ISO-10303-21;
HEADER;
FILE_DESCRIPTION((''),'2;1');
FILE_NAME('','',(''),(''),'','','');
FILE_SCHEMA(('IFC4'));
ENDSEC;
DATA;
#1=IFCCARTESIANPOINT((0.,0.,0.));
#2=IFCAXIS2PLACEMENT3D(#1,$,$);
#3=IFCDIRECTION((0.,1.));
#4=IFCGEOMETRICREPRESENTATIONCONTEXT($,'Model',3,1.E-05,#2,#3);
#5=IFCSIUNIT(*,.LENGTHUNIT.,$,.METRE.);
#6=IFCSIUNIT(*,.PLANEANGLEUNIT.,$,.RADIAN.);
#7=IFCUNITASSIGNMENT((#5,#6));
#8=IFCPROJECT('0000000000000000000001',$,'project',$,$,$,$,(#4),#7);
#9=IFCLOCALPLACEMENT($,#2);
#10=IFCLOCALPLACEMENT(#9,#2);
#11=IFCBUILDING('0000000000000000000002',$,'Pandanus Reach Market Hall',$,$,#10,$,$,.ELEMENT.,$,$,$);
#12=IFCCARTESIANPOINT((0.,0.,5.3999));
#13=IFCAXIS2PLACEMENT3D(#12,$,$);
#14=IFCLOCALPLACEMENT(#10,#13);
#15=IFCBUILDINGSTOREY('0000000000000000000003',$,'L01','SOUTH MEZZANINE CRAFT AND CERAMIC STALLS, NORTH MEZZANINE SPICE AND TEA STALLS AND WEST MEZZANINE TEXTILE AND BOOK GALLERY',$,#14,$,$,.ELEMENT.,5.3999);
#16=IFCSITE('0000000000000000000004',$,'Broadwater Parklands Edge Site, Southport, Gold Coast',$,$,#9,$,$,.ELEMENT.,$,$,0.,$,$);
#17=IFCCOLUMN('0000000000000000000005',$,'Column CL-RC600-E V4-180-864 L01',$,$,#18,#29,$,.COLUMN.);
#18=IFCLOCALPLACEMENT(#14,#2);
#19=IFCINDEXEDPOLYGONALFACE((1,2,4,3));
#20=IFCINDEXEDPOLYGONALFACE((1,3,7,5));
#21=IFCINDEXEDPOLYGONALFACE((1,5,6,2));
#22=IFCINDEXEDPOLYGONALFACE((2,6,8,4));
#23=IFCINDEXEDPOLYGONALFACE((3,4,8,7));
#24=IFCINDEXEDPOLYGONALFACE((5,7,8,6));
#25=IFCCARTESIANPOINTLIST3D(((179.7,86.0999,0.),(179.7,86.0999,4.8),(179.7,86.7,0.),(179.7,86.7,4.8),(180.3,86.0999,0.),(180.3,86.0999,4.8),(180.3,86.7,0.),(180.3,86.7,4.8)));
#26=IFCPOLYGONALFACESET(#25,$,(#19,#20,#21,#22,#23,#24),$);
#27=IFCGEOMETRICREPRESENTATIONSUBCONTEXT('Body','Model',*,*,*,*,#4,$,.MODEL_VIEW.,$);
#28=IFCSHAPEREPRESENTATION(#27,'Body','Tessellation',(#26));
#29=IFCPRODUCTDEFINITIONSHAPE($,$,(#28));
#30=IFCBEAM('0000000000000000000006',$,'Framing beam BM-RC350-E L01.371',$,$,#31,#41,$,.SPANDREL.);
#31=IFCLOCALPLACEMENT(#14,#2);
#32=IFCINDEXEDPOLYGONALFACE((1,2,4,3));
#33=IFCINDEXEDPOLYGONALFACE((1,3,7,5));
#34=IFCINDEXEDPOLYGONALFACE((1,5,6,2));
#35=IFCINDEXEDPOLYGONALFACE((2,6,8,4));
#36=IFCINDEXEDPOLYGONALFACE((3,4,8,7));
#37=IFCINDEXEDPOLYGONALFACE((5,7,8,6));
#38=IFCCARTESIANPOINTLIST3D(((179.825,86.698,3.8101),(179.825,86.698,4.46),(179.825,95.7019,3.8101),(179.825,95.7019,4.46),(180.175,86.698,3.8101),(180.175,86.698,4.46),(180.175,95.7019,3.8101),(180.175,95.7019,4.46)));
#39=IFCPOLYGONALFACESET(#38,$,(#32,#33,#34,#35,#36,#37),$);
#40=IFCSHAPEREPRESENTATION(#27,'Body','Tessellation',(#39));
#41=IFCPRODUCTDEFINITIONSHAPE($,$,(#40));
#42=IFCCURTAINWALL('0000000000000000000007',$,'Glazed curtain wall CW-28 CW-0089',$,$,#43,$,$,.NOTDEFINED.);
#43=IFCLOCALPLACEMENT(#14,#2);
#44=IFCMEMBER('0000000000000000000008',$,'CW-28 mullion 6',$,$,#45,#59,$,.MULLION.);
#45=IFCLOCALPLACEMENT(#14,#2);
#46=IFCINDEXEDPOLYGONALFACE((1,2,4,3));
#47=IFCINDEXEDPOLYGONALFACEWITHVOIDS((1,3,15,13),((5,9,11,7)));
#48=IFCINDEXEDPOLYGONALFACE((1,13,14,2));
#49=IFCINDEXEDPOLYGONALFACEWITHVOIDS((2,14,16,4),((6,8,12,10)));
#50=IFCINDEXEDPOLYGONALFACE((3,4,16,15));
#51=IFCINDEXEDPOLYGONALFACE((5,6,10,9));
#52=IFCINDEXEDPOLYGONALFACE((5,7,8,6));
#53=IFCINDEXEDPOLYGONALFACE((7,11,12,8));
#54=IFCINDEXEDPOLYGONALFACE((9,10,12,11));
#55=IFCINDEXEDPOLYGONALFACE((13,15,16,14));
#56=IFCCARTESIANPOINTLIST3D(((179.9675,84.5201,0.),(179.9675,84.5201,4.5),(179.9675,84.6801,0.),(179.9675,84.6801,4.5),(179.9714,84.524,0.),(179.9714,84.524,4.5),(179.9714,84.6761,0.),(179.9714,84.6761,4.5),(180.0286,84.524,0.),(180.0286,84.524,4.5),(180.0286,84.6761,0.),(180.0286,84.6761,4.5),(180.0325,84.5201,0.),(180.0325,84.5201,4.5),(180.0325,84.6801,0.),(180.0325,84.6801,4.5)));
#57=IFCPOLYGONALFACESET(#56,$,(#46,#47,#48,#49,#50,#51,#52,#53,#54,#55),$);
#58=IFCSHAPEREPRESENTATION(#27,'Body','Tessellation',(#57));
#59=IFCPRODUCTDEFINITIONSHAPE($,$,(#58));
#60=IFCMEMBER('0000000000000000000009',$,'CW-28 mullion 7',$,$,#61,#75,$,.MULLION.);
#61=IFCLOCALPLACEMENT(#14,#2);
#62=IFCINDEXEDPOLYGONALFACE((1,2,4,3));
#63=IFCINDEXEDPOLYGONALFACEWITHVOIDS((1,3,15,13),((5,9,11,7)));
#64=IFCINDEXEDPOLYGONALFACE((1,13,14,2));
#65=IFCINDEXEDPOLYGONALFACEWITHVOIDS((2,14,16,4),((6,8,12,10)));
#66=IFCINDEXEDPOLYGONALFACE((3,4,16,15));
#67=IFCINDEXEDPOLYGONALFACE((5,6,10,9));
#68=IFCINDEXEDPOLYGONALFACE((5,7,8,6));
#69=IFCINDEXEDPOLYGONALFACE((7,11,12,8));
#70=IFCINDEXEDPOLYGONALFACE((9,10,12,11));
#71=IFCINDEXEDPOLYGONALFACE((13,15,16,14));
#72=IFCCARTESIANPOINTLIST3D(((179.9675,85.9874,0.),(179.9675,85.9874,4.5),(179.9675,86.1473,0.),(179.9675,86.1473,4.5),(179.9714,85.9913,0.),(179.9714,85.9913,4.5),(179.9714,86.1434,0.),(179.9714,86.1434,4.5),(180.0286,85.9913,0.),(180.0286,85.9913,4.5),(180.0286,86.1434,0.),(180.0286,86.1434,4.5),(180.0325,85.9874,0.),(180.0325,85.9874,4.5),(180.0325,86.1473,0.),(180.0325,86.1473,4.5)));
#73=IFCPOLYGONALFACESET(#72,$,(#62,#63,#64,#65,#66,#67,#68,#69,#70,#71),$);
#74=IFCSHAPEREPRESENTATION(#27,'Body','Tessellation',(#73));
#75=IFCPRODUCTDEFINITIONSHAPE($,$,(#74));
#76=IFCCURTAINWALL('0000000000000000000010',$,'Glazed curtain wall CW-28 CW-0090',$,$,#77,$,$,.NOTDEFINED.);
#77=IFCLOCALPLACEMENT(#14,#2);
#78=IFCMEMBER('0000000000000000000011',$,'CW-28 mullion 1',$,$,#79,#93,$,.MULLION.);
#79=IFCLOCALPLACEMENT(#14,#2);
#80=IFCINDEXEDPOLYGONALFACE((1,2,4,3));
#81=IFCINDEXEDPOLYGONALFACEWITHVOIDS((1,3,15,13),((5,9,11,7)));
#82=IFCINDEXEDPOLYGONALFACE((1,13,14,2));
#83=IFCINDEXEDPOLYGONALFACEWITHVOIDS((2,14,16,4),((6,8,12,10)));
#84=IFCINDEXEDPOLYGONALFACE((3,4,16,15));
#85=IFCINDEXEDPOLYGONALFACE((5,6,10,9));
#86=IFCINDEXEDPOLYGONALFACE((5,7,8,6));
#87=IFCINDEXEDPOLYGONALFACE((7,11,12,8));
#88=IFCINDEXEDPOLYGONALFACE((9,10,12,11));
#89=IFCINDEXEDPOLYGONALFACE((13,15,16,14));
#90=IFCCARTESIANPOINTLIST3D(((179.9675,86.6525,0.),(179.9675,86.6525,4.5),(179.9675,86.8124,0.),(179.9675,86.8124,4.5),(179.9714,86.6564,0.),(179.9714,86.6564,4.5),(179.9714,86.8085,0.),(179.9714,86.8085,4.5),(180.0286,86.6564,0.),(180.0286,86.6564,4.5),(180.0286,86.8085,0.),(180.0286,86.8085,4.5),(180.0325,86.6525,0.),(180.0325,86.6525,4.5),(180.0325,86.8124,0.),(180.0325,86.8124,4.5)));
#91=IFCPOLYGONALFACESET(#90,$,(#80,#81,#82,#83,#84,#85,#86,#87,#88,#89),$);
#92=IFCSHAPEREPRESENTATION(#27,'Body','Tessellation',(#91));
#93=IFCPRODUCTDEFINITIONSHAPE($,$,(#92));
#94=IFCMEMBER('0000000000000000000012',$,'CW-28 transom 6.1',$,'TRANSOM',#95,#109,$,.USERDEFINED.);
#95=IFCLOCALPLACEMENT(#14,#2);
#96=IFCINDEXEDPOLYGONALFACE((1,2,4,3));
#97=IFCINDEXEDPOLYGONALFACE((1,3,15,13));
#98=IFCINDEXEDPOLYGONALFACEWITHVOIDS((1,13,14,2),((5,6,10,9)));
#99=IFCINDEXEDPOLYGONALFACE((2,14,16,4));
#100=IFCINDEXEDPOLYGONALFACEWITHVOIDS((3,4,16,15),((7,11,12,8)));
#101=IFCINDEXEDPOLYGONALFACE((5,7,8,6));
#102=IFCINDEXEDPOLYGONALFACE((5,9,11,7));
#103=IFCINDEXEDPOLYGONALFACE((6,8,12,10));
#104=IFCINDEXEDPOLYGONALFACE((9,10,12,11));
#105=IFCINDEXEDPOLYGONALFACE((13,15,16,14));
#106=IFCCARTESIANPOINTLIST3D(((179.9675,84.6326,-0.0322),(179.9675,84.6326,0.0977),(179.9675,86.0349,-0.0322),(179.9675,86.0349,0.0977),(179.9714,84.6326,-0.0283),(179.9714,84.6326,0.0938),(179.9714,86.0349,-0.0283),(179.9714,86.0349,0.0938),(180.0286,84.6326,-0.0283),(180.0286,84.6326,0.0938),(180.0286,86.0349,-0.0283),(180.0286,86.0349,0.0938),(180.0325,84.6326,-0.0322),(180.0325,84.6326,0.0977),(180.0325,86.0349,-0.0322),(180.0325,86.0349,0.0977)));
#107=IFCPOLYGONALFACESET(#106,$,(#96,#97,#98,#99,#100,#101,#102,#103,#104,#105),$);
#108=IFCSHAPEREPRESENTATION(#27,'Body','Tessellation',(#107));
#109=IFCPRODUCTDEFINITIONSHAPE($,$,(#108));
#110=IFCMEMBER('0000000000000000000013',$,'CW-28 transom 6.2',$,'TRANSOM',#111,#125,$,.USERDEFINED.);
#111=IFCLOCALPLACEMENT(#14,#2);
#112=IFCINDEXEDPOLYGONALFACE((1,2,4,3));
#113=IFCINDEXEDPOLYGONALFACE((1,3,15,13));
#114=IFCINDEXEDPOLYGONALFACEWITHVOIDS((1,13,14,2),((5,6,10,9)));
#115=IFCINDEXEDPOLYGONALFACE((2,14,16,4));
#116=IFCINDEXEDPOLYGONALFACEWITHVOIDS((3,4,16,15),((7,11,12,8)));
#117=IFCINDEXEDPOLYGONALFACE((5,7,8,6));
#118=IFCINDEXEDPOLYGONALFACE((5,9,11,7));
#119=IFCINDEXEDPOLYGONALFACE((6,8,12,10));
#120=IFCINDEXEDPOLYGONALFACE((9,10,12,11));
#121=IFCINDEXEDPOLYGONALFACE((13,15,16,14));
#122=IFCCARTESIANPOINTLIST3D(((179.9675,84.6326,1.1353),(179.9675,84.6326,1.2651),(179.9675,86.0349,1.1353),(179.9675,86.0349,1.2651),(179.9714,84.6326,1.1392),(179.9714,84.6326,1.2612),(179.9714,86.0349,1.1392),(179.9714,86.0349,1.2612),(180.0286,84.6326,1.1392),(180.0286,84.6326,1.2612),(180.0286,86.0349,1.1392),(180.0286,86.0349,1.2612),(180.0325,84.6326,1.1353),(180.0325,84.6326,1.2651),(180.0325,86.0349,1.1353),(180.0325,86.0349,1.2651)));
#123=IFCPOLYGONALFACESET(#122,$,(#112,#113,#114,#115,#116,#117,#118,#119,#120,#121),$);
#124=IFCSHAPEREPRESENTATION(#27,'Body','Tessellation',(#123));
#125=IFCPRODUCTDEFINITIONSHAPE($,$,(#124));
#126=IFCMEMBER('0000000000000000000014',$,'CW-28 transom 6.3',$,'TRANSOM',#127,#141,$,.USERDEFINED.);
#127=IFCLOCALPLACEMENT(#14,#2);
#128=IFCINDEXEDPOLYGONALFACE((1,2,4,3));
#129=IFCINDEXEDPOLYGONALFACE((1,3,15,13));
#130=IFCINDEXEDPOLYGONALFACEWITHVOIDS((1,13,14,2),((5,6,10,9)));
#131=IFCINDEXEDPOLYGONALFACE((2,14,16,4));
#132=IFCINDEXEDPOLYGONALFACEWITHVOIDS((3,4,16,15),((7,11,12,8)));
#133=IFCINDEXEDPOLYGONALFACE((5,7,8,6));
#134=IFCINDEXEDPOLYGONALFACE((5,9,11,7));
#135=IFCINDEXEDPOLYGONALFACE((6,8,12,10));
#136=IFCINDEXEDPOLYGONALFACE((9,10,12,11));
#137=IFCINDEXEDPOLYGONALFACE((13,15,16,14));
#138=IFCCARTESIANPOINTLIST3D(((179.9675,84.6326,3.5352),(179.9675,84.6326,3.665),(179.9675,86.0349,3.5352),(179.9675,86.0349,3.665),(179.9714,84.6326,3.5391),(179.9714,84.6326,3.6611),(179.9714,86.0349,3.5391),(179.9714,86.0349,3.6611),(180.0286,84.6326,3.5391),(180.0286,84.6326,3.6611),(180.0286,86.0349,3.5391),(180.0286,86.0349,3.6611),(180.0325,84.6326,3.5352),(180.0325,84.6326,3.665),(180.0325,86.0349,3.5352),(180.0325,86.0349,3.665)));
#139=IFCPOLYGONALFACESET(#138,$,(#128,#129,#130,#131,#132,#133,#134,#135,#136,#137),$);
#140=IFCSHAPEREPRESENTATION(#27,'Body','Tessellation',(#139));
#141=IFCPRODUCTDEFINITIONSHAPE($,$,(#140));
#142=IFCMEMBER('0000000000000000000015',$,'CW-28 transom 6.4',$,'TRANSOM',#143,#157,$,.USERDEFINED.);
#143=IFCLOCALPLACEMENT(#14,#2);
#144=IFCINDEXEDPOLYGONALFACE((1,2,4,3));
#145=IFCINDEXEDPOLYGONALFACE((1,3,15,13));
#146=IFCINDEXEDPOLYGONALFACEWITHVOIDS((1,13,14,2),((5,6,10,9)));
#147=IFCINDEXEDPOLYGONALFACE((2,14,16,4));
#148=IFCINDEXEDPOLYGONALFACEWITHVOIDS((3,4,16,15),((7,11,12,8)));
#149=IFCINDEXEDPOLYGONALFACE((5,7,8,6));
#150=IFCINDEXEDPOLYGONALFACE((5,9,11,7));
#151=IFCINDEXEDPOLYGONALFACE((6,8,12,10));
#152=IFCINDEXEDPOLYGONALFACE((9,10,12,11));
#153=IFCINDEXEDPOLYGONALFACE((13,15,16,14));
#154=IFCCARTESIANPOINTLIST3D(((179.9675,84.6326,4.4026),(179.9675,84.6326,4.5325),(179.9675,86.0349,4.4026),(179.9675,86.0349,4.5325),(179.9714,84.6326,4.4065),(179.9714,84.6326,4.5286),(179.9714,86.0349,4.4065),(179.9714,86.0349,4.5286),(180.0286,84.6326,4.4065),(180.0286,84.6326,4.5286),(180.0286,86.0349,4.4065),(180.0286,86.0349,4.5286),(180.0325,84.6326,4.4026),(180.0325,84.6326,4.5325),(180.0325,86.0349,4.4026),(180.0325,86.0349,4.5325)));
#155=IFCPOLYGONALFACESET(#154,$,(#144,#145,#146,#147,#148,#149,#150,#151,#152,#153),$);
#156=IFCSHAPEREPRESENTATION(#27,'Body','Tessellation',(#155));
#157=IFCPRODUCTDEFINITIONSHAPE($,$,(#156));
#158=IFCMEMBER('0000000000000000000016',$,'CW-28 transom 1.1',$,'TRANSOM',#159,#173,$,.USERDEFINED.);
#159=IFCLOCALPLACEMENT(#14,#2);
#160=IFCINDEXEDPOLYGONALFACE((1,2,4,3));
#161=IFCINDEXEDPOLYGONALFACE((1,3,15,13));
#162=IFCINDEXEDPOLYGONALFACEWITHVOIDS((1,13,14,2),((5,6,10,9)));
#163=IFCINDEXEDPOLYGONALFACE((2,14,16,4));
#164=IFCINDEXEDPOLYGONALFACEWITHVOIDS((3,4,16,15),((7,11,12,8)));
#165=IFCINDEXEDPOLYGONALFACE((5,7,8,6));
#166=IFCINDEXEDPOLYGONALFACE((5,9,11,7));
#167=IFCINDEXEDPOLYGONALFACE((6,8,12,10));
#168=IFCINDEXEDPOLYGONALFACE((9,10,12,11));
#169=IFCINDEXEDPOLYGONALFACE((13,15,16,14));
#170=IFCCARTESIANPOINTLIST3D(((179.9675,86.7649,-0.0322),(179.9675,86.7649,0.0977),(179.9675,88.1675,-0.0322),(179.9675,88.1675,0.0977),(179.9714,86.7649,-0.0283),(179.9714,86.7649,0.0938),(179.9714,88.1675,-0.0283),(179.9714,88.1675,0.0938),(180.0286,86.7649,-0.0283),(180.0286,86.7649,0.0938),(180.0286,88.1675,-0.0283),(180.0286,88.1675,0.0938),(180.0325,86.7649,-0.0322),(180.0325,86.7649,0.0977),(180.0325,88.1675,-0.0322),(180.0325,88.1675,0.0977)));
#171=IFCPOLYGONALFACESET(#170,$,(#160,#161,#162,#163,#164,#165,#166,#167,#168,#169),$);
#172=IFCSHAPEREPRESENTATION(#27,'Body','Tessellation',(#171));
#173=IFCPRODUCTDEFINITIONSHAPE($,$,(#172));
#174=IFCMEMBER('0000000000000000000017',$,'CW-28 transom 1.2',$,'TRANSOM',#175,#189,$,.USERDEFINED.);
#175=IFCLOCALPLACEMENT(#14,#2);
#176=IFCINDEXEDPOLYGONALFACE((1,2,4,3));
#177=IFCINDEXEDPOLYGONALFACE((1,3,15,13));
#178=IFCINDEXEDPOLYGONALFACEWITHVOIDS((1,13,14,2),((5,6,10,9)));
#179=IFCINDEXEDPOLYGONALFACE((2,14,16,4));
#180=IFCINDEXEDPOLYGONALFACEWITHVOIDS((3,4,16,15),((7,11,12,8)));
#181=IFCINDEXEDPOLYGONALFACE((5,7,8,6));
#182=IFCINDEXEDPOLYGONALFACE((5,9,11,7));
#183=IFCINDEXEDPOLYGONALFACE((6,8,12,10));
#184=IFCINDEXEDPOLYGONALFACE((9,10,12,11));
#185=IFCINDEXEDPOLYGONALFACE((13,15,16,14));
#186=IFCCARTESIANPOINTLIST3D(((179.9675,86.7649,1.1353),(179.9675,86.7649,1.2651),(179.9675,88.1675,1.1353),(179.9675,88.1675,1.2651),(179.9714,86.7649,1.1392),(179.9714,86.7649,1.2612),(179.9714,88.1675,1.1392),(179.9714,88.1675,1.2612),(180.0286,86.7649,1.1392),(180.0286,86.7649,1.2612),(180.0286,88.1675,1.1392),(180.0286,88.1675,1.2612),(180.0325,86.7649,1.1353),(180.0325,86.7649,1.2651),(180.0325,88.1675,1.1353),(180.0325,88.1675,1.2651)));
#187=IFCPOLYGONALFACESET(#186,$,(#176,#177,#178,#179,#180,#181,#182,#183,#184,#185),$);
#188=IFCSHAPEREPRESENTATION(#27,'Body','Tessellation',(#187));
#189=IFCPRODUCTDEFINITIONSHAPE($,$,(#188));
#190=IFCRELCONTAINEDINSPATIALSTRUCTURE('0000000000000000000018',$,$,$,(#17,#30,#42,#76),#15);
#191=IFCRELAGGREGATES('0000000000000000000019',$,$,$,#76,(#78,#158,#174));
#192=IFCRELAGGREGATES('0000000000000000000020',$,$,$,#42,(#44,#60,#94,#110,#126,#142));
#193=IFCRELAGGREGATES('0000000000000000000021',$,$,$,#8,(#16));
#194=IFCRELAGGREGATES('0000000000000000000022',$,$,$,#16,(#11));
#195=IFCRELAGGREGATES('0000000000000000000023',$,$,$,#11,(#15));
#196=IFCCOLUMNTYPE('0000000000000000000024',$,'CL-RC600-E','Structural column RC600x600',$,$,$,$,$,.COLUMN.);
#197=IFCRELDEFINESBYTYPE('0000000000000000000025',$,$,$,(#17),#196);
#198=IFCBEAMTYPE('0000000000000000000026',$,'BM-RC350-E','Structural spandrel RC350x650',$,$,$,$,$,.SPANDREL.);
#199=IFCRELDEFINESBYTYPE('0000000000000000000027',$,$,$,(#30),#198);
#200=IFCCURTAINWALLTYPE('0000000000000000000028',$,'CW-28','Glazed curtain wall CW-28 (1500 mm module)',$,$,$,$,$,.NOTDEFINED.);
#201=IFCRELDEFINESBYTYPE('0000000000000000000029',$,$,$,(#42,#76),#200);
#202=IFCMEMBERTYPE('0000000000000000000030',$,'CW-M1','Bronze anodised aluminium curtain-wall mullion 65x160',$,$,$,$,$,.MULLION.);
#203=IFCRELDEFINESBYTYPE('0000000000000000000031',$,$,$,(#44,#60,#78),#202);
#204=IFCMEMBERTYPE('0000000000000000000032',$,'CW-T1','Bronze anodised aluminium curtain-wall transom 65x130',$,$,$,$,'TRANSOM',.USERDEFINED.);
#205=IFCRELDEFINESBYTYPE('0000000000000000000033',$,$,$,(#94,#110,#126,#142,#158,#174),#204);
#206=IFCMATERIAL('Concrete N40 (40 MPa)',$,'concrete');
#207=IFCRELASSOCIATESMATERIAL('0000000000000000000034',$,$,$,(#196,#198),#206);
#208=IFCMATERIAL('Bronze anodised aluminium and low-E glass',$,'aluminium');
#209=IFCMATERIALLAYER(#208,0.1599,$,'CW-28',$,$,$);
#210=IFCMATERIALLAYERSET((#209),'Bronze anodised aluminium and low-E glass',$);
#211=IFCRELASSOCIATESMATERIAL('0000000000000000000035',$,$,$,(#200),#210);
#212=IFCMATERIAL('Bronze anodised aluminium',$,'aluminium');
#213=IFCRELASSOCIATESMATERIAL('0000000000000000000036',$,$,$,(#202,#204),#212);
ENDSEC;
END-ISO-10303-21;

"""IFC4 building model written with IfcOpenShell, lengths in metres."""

from ifc_helpers import new_model, si_unit, direction, frame, origin, origin_2d, place, context, subcontext, project, spatial, rectangle, hollow_rectangle, extrude, material, layer, layer_set, material_profile, profile_set, type_object, element, aggregate, save


model = new_model("IFC4")

# Units and contexts
model_context = context("Model", 3, precision=1e-05, world=origin(), true_north=direction((0.0, 1.0)))
body_context = subcontext(model_context, "Body", "Model", "MODEL_VIEW")
ifc_project = project(units=[si_unit("LENGTHUNIT", "METRE"), si_unit("PLANEANGLEUNIT", "RADIAN")], contexts=[model_context])

# Site, building, storey
site_placement = place(None, origin())
site = spatial("IfcSite", under=ifc_project, at=site_placement, Name="Broadwater Parklands Edge Site, Southport, Gold Coast", CompositionType="ELEMENT", RefElevation=0.0)
building_placement = place(site_placement, origin())
building = spatial("IfcBuilding", under=site, at=building_placement, Name="Pandanus Reach Market Hall", CompositionType="ELEMENT")
storey_placement = place(building_placement, frame((0.0, 0.0, 5.3999)))
storey = spatial("IfcBuildingStorey", under=building, at=storey_placement, Name="L01", Description="SOUTH MEZZANINE CRAFT AND CERAMIC STALLS, NORTH MEZZANINE SPICE AND TEA STALLS AND WEST MEZZANINE TEXTILE AND BOOK GALLERY", CompositionType="ELEMENT", Elevation=5.3999)

# Column
ifc_material_1 = material(Name="Concrete N40 (40 MPa)", Category="concrete")
ifc_material_profile_1 = material_profile(ifc_material_1, rectangle(XDim=0.6001, YDim=0.6001, at=origin_2d()), Name="RC600x600", Category="LoadBearing")
ifc_profile_set_1 = profile_set([ifc_material_profile_1], Name="Concrete N40 (40 MPa)")
column_type = type_object("IfcColumnType", Name="CL-RC600-E", Description="Structural column RC600x600", PredefinedType="COLUMN", material=ifc_profile_set_1)
column_placement = place(storey_placement, frame((180.0, 86.3999, 0.0), z_axis=(0.0, 0.0, 1.0), x_axis=(1.0, 0.0, 0.0)))
element("IfcColumn", 1, at=column_placement, inside=storey, type_object=column_type, Name="Column CL-RC600-E V4-180-864 L01", PredefinedType="COLUMN", context=body_context, shape_type="SweptSolid", body=[
    extrude(rectangle(XDim=0.6001, YDim=0.6001, at=origin_2d()), origin(), (0.0, 0.0, 1.0), 4.8),
])

# Beam
ifc_material_profile_2 = material_profile(ifc_material_1, rectangle(XDim=0.3501, YDim=0.6499, at=origin_2d()), Name="RC350x650", Category="LoadBearing")
ifc_profile_set_2 = profile_set([ifc_material_profile_2], Name="Concrete N40 (40 MPa)")
beam_type = type_object("IfcBeamType", Name="BM-RC350-E", Description="Structural spandrel RC350x650", PredefinedType="SPANDREL", material=ifc_profile_set_2)
beam_placement = place(storey_placement, frame((180.0, 86.698, 4.135), z_axis=(0.0, 1.0, 0.0), x_axis=(-1.0, 0.0, 0.0)))
element("IfcBeam", 2, at=beam_placement, inside=storey, type_object=beam_type, Name="Framing beam BM-RC350-E L01.371", PredefinedType="SPANDREL", context=body_context, shape_type="SweptSolid", body=[
    extrude(rectangle(XDim=0.3501, YDim=0.6499, at=origin_2d()), origin(), (0.0, 0.0, 1.0), 9.0039),
])

# Curtain wall, members
ifc_material_2 = material(Name="Bronze anodised aluminium and low-E glass", Category="aluminium")
ifc_layer_1 = layer(ifc_material_2, 0.1599, Name="CW-28")
ifc_layer_set_1 = layer_set([ifc_layer_1], Name="Bronze anodised aluminium and low-E glass")
curtain_wall_type = type_object("IfcCurtainWallType", Name="CW-28", Description="Glazed curtain wall CW-28 (1500 mm module)", PredefinedType="NOTDEFINED", material=ifc_layer_set_1)
curtain_wall_1_placement = place(storey_placement, origin())
curtain_wall_1 = element("IfcCurtainWall", 3, at=curtain_wall_1_placement, inside=storey, type_object=curtain_wall_type, Name="Glazed curtain wall CW-28 CW-0089", PredefinedType="NOTDEFINED")
ifc_material_3 = material(Name="Bronze anodised aluminium", Category="aluminium")
ifc_material_profile_3 = material_profile(ifc_material_3, hollow_rectangle(XDim=0.0649, YDim=0.1599, WallThickness=0.0039, at=origin_2d()), Name="ALU65x160", Category="LoadBearing")
ifc_profile_set_3 = profile_set([ifc_material_profile_3], Name="Bronze anodised aluminium")
member_type_1 = type_object("IfcMemberType", Name="CW-M1", Description="Bronze anodised aluminium curtain-wall mullion 65x160", PredefinedType="MULLION", material=ifc_profile_set_3)
member_1_placement = place(storey_placement, frame((180.0, 84.6001, 0.0), z_axis=(0.0, 0.0, 1.0), x_axis=(-1.0, 0.0, 0.0)))
member_1 = element("IfcMember", 4, at=member_1_placement, type_object=member_type_1, Name="CW-28 mullion 6", PredefinedType="MULLION", context=body_context, shape_type="SweptSolid", body=[
    extrude(hollow_rectangle(XDim=0.0649, YDim=0.1599, WallThickness=0.0039, at=origin_2d()), origin(), (0.0, 0.0, 1.0), 4.5),
])
member_2_placement = place(storey_placement, frame((180.0, 86.0674, 0.0), z_axis=(0.0, 0.0, 1.0), x_axis=(-1.0, 0.0, 0.0)))
member_2 = element("IfcMember", 5, at=member_2_placement, type_object=member_type_1, Name="CW-28 mullion 7", PredefinedType="MULLION", context=body_context, shape_type="SweptSolid", body=[
    extrude(hollow_rectangle(XDim=0.0649, YDim=0.1599, WallThickness=0.0039, at=origin_2d()), origin(), (0.0, 0.0, 1.0), 4.5),
])

# Curtain wall, member
curtain_wall_2_placement = place(storey_placement, origin())
curtain_wall_2 = element("IfcCurtainWall", 6, at=curtain_wall_2_placement, inside=storey, type_object=curtain_wall_type, Name="Glazed curtain wall CW-28 CW-0090", PredefinedType="NOTDEFINED")
member_3_placement = place(storey_placement, frame((180.0, 86.7324, 0.0), z_axis=(0.0, 0.0, 1.0), x_axis=(-1.0, 0.0, 0.0)))
member_3 = element("IfcMember", 7, at=member_3_placement, type_object=member_type_1, Name="CW-28 mullion 1", PredefinedType="MULLION", context=body_context, shape_type="SweptSolid", body=[
    extrude(hollow_rectangle(XDim=0.0649, YDim=0.1599, WallThickness=0.0039, at=origin_2d()), origin(), (0.0, 0.0, 1.0), 4.5),
])

# Members
ifc_material_profile_4 = material_profile(ifc_material_3, hollow_rectangle(XDim=0.0649, YDim=0.1299, WallThickness=0.0039, at=origin_2d()), Name="ALU65x130", Category="LoadBearing")
ifc_profile_set_4 = profile_set([ifc_material_profile_4], Name="Bronze anodised aluminium")
member_type_2 = type_object("IfcMemberType", Name="CW-T1", Description="Bronze anodised aluminium curtain-wall transom 65x130", ElementType="TRANSOM", PredefinedType="USERDEFINED", material=ifc_profile_set_4)
member_4_placement = place(storey_placement, frame((180.0, 84.6326, 0.0327), z_axis=(0.0, 1.0, 0.0), x_axis=(-1.0, 0.0, 0.0)))
member_4 = element("IfcMember", 8, at=member_4_placement, type_object=member_type_2, Name="CW-28 transom 6.1", ObjectType="TRANSOM", PredefinedType="USERDEFINED", context=body_context, shape_type="SweptSolid", body=[
    extrude(hollow_rectangle(XDim=0.0649, YDim=0.1299, WallThickness=0.0039, at=origin_2d()), origin(), (0.0, 0.0, 1.0), 1.4023),
])
member_5_placement = place(storey_placement, frame((180.0, 84.6326, 1.2002), z_axis=(0.0, 1.0, 0.0), x_axis=(-1.0, 0.0, 0.0)))
member_5 = element("IfcMember", 9, at=member_5_placement, type_object=member_type_2, Name="CW-28 transom 6.2", ObjectType="TRANSOM", PredefinedType="USERDEFINED", context=body_context, shape_type="SweptSolid", body=[
    extrude(hollow_rectangle(XDim=0.0649, YDim=0.1299, WallThickness=0.0039, at=origin_2d()), origin(), (0.0, 0.0, 1.0), 1.4023),
])
member_6_placement = place(storey_placement, frame((180.0, 84.6326, 3.6001), z_axis=(0.0, 1.0, 0.0), x_axis=(-1.0, 0.0, 0.0)))
member_6 = element("IfcMember", 10, at=member_6_placement, type_object=member_type_2, Name="CW-28 transom 6.3", ObjectType="TRANSOM", PredefinedType="USERDEFINED", context=body_context, shape_type="SweptSolid", body=[
    extrude(hollow_rectangle(XDim=0.0649, YDim=0.1299, WallThickness=0.0039, at=origin_2d()), origin(), (0.0, 0.0, 1.0), 1.4023),
])
member_7_placement = place(storey_placement, frame((180.0, 84.6326, 4.4675), z_axis=(0.0, 1.0, 0.0), x_axis=(-1.0, 0.0, 0.0)))
member_7 = element("IfcMember", 11, at=member_7_placement, type_object=member_type_2, Name="CW-28 transom 6.4", ObjectType="TRANSOM", PredefinedType="USERDEFINED", context=body_context, shape_type="SweptSolid", body=[
    extrude(hollow_rectangle(XDim=0.0649, YDim=0.1299, WallThickness=0.0039, at=origin_2d()), origin(), (0.0, 0.0, 1.0), 1.4023),
])
member_8_placement = place(storey_placement, frame((180.0, 86.7649, 0.0327), z_axis=(0.0, 1.0, 0.0), x_axis=(-1.0, 0.0, 0.0)))
member_8 = element("IfcMember", 12, at=member_8_placement, type_object=member_type_2, Name="CW-28 transom 1.1", ObjectType="TRANSOM", PredefinedType="USERDEFINED", context=body_context, shape_type="SweptSolid", body=[
    extrude(hollow_rectangle(XDim=0.0649, YDim=0.1299, WallThickness=0.0039, at=origin_2d()), origin(), (0.0, 0.0, 1.0), 1.4026),
])
member_9_placement = place(storey_placement, frame((180.0, 86.7649, 1.2002), z_axis=(0.0, 1.0, 0.0), x_axis=(-1.0, 0.0, 0.0)))
member_9 = element("IfcMember", 13, at=member_9_placement, type_object=member_type_2, Name="CW-28 transom 1.2", ObjectType="TRANSOM", PredefinedType="USERDEFINED", context=body_context, shape_type="SweptSolid", body=[
    extrude(hollow_rectangle(XDim=0.0649, YDim=0.1299, WallThickness=0.0039, at=origin_2d()), origin(), (0.0, 0.0, 1.0), 1.4026),
])
aggregate(curtain_wall_2, [member_3, member_8, member_9])

aggregate(curtain_wall_1, [member_1, member_2, member_4, member_5, member_6, member_7])

save(model, "model.ifc")
